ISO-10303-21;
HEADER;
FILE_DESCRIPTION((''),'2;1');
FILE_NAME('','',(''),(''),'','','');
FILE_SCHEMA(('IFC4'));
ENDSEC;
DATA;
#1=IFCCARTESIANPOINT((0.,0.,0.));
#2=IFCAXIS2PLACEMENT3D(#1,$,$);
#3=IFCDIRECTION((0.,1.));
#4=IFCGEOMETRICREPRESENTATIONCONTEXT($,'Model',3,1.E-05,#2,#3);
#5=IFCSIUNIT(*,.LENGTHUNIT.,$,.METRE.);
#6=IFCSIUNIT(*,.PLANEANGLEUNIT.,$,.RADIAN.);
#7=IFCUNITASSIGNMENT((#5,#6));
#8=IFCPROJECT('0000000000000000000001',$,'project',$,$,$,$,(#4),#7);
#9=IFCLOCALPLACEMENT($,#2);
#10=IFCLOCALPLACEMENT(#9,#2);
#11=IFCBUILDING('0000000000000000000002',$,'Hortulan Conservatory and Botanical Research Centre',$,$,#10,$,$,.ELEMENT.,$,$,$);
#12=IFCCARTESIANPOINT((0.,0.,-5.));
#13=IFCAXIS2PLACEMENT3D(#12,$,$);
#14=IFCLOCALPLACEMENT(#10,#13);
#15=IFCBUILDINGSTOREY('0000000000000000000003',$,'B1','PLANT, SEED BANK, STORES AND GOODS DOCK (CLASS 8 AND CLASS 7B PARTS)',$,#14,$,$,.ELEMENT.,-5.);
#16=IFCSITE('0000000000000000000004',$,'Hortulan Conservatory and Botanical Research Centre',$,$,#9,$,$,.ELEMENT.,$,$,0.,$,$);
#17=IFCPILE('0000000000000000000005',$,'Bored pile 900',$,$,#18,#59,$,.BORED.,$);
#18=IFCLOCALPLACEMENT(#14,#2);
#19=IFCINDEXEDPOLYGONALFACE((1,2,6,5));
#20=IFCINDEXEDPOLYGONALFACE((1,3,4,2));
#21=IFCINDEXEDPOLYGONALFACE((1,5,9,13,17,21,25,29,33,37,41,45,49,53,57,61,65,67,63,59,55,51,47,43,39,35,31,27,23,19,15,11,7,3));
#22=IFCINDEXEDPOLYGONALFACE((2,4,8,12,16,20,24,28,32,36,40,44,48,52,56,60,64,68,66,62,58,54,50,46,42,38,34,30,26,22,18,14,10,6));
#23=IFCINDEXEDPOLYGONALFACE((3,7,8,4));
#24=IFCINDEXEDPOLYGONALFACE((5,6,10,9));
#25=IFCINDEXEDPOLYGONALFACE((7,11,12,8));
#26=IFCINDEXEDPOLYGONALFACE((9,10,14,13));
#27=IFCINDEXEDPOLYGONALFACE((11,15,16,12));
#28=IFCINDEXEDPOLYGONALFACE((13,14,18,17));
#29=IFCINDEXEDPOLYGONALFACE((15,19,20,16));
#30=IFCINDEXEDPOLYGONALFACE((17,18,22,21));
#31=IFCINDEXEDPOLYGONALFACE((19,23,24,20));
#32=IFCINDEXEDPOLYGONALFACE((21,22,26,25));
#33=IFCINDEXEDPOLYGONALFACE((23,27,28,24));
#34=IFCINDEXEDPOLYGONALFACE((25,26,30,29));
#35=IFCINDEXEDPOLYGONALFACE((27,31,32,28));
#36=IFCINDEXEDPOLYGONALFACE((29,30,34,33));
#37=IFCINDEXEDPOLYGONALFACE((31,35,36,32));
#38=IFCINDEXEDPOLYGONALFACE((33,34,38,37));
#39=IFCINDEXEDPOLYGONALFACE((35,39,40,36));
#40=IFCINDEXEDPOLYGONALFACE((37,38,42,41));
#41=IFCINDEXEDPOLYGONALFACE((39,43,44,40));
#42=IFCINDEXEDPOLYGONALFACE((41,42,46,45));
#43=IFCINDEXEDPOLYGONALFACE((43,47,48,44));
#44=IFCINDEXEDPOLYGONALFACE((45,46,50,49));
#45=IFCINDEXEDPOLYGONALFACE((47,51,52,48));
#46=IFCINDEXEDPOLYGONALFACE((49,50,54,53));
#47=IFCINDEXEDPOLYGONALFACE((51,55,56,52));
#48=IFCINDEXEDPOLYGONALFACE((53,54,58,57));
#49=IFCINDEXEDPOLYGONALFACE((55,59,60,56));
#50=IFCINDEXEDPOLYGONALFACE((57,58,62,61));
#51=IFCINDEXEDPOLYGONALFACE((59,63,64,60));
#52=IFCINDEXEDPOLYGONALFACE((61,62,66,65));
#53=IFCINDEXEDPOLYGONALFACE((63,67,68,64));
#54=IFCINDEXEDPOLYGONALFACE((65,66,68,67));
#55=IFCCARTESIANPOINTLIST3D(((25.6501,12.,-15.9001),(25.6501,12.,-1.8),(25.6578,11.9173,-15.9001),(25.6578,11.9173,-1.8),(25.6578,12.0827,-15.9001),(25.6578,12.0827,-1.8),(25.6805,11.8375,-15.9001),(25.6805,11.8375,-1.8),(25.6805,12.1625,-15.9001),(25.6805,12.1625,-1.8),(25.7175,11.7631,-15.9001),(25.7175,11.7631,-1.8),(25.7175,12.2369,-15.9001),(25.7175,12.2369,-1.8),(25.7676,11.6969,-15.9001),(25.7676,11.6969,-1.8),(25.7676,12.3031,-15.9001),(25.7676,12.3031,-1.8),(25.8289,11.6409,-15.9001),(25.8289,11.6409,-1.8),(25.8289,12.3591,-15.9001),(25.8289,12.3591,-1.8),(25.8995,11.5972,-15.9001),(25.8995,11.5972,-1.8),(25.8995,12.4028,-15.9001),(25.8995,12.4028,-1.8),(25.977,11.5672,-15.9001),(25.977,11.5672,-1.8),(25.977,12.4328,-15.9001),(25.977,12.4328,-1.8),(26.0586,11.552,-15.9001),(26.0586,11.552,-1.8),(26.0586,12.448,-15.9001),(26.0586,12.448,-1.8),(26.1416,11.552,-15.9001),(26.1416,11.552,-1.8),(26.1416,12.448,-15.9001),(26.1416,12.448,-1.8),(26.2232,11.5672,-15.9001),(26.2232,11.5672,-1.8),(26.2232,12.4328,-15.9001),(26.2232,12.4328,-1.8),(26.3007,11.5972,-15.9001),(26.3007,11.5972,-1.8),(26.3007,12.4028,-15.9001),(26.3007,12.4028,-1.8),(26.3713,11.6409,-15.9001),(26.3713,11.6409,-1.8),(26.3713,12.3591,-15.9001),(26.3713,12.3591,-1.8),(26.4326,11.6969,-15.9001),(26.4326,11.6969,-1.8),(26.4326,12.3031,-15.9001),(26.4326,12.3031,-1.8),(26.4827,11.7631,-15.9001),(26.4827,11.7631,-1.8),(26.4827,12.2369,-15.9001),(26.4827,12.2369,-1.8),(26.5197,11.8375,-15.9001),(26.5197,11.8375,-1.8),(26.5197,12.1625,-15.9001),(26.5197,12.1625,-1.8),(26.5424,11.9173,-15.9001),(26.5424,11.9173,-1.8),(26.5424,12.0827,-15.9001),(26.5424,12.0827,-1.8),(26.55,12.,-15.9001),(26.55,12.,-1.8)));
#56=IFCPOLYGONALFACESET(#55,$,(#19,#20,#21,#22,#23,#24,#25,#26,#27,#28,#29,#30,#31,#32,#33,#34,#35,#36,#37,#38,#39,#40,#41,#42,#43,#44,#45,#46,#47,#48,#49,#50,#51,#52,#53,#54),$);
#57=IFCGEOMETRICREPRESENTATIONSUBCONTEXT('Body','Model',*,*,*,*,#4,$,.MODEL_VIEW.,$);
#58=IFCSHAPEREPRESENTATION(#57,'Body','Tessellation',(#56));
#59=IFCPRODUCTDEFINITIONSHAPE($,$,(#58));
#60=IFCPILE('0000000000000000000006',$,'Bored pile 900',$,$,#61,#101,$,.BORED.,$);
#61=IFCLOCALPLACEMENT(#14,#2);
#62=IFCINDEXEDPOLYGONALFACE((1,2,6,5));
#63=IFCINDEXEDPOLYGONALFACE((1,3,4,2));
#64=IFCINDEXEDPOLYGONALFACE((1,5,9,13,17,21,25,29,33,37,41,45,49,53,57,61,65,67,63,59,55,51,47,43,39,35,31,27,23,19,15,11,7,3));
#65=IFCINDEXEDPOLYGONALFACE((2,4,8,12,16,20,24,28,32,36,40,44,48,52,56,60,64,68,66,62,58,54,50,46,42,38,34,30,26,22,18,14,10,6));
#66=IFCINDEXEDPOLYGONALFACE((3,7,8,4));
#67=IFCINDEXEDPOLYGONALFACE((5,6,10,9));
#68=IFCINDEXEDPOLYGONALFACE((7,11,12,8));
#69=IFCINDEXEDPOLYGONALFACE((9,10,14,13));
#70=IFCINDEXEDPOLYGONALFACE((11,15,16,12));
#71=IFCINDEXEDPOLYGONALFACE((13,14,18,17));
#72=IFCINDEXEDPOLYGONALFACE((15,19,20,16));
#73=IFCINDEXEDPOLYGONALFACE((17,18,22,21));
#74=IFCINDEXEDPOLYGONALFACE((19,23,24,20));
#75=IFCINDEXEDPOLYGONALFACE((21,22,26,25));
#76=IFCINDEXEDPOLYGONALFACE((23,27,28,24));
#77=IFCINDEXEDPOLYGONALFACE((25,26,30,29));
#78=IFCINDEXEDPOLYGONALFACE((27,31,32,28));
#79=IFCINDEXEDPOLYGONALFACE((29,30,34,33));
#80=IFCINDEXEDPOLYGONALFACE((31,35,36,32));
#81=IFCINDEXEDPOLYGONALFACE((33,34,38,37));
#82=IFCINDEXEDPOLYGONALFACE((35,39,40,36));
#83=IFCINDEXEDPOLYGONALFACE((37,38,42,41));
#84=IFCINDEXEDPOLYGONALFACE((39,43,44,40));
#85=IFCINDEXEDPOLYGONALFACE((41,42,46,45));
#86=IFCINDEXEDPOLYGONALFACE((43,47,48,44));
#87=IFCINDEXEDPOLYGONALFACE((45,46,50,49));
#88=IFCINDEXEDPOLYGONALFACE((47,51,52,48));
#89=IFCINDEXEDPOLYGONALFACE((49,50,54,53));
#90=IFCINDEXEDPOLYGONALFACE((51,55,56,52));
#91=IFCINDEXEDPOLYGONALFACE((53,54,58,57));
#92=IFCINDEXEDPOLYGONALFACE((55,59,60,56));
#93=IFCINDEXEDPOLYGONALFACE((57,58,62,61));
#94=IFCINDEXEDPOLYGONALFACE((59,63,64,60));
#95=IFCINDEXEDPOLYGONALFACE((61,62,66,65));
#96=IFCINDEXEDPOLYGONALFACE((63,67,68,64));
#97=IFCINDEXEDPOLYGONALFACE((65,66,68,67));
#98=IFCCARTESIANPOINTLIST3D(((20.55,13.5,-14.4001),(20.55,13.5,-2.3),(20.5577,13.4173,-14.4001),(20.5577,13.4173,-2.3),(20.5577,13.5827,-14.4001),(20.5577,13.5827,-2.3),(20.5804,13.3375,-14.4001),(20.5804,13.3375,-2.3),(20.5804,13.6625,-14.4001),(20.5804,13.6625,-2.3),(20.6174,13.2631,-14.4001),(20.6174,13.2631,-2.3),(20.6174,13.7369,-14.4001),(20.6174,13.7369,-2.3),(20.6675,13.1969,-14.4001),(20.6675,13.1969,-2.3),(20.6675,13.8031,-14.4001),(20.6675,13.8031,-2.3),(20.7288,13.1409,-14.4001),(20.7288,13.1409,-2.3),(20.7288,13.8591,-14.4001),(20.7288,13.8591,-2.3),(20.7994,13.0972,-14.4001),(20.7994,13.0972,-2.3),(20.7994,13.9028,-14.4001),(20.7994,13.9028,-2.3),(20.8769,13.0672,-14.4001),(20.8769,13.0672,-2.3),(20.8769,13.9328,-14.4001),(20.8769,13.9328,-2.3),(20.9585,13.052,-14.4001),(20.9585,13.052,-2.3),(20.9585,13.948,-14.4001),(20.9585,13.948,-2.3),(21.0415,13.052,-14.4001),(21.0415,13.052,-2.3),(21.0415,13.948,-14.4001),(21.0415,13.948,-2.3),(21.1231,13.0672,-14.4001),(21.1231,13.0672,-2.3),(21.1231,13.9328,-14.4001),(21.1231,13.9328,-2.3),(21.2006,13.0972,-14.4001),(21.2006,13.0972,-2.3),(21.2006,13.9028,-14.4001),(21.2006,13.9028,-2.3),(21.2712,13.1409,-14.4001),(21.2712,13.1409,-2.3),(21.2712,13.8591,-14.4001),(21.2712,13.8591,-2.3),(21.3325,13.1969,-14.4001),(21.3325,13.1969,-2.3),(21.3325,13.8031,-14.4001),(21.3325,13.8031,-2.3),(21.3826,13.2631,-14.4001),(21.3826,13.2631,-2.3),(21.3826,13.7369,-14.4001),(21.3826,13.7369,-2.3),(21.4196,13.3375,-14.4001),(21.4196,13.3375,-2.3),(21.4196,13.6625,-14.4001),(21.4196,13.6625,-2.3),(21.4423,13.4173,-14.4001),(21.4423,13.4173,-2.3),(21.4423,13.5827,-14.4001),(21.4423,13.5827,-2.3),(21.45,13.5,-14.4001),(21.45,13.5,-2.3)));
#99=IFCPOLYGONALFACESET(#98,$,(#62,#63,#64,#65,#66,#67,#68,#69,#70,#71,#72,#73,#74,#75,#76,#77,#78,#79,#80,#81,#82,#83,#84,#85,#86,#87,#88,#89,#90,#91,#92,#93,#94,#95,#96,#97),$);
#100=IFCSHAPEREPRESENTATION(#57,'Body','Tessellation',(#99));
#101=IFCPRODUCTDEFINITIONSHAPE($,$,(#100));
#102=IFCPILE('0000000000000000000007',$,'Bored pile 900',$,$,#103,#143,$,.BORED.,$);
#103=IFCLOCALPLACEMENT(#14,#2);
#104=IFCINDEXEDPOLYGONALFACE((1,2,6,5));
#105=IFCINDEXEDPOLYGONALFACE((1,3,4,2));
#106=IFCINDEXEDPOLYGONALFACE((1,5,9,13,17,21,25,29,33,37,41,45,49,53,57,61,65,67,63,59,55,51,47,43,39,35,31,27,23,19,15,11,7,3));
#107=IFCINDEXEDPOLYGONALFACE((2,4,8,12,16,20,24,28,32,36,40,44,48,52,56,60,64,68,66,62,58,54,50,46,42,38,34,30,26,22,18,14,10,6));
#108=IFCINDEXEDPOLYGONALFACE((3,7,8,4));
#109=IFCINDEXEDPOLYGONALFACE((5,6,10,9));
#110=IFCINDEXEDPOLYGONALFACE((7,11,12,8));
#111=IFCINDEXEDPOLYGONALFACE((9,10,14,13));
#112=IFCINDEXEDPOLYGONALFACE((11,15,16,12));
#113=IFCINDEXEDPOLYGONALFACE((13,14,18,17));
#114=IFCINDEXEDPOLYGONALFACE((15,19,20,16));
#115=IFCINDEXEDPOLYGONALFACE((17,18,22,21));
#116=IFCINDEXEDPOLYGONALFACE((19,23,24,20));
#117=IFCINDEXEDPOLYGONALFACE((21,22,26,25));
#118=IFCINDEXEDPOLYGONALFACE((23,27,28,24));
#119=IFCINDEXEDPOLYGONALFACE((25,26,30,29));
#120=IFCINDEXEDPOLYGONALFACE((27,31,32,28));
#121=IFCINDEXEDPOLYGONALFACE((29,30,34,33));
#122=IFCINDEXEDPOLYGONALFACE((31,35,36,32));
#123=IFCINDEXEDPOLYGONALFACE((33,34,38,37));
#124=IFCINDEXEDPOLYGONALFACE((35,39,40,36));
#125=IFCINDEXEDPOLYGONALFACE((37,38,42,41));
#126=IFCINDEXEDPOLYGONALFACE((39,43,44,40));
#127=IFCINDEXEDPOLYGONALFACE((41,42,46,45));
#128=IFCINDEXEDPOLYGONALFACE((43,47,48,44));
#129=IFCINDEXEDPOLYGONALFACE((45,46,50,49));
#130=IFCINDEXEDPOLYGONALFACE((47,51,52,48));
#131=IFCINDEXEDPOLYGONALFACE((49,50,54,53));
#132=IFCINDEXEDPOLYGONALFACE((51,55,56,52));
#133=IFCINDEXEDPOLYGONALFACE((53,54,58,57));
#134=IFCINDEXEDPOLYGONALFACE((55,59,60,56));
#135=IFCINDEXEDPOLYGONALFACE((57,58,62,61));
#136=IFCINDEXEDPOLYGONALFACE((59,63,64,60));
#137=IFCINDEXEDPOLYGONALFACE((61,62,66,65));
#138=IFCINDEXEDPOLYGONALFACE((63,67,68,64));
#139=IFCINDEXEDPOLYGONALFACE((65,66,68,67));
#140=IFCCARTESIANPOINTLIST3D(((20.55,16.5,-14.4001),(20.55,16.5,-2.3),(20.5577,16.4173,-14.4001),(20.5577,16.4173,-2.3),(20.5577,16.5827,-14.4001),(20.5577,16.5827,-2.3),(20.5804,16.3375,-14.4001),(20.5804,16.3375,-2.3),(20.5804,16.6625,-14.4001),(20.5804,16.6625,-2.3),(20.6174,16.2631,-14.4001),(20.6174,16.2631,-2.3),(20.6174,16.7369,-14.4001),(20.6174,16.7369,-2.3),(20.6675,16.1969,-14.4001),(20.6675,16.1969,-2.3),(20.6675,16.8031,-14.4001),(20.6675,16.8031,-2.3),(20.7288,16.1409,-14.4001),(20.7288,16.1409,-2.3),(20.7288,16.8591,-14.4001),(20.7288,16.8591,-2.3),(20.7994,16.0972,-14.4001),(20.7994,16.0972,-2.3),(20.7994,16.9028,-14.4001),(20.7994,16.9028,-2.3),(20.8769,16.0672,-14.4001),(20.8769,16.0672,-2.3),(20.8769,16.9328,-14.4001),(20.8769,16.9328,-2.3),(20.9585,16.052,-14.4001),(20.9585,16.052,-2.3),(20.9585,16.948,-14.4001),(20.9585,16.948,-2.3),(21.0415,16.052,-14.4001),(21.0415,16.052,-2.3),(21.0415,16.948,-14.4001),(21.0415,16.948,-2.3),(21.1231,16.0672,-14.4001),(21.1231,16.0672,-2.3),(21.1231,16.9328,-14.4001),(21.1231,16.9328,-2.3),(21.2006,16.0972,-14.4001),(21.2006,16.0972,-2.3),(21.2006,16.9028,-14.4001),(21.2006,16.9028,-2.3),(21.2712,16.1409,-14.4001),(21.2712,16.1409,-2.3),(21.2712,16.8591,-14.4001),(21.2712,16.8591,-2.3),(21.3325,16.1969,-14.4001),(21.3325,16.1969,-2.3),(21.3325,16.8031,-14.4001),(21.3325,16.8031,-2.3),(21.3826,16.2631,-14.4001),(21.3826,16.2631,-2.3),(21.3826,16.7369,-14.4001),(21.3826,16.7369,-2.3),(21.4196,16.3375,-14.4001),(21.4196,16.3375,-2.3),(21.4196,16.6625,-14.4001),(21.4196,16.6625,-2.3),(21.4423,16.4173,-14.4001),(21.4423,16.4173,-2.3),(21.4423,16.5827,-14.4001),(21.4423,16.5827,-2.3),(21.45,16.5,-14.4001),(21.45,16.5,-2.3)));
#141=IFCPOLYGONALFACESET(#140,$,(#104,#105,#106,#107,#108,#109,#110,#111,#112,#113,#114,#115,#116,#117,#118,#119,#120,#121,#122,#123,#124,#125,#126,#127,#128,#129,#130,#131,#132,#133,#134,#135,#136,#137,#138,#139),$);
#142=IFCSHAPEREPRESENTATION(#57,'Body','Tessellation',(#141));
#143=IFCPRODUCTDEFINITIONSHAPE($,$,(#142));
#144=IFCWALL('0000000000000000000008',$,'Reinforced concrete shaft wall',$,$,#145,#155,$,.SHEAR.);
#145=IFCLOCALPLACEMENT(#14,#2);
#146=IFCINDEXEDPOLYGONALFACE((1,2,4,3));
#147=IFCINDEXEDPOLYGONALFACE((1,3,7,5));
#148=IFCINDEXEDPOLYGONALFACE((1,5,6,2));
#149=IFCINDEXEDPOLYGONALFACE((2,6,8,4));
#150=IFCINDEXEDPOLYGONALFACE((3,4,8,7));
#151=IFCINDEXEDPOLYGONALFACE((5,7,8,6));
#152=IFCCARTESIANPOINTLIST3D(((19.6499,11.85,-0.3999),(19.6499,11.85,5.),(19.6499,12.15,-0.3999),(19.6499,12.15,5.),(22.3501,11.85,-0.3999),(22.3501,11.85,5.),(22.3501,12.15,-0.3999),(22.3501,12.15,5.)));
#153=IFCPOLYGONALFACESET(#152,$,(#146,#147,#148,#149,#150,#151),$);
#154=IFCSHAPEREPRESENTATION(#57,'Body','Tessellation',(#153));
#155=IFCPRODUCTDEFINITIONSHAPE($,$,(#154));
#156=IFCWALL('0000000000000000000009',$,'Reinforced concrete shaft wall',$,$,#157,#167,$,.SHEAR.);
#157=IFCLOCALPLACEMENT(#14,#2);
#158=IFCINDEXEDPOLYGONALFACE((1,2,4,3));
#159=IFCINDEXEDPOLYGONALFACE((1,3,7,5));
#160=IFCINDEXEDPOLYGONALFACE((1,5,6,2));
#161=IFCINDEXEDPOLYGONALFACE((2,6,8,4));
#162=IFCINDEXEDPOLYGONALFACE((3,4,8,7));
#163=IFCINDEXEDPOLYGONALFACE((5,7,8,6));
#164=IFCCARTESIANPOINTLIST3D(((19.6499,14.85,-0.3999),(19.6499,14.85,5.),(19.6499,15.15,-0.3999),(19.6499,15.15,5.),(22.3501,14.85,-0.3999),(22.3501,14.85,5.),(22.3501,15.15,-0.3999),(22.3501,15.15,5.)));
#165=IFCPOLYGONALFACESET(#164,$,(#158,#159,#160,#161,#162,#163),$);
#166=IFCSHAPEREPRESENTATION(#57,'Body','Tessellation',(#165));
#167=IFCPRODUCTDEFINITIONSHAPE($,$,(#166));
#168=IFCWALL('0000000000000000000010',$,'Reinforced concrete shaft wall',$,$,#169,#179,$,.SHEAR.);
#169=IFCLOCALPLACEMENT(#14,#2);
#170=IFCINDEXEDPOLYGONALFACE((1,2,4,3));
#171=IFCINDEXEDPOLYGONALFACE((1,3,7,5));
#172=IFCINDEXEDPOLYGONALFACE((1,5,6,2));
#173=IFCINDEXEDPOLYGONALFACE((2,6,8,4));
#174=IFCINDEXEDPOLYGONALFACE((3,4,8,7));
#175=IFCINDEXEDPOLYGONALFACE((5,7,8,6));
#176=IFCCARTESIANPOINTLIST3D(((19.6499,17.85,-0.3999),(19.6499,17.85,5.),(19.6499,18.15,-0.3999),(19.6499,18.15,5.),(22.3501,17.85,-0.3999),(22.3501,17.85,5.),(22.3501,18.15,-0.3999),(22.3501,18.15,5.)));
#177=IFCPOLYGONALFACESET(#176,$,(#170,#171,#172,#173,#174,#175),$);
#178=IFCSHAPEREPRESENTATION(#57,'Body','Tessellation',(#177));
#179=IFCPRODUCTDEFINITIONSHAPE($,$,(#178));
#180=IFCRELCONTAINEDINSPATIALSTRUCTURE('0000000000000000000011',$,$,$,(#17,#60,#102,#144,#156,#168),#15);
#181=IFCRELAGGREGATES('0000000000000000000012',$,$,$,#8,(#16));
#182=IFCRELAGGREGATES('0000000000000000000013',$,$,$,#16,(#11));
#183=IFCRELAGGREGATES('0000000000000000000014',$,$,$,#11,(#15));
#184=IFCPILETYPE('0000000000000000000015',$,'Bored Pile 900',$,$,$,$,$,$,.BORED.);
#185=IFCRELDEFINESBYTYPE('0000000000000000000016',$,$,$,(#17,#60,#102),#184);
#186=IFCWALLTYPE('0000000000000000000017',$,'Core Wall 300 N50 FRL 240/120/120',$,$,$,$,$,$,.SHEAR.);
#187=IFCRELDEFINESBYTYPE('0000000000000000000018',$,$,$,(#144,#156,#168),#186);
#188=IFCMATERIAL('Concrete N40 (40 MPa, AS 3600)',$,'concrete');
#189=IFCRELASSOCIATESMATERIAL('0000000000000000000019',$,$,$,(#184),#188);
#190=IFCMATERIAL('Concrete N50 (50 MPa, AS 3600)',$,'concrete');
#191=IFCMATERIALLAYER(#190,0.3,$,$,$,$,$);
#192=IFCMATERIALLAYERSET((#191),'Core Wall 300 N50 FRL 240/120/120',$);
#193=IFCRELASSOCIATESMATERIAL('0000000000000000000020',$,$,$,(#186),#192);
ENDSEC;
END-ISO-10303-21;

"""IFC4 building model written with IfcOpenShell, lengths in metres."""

from ifc_helpers import new_model, si_unit, direction, frame, frame_2d, origin, origin_2d, place, context, subcontext, project, spatial, rectangle, circle, extrude, material, layer, layer_set, material_profile, profile_set, type_object, element, save


model = new_model("IFC4")

# Units and contexts
model_context = context("Model", 3, precision=1e-05, world=origin(), true_north=direction((0.0, 1.0)))
body_context = subcontext(model_context, "Body", "Model", "MODEL_VIEW")
ifc_project = project(units=[si_unit("LENGTHUNIT", "METRE"), si_unit("PLANEANGLEUNIT", "RADIAN")], contexts=[model_context])

# Site, building, storey
site_placement = place(None, origin())
site = spatial("IfcSite", under=ifc_project, at=site_placement, Name="Hortulan Conservatory and Botanical Research Centre", CompositionType="ELEMENT", RefElevation=0.0)
building_placement = place(site_placement, origin())
building = spatial("IfcBuilding", under=site, at=building_placement, Name="Hortulan Conservatory and Botanical Research Centre", CompositionType="ELEMENT")
storey_placement = place(building_placement, frame((0.0, 0.0, -5.0)))
storey = spatial("IfcBuildingStorey", under=building, at=storey_placement, Name="B1", Description="PLANT, SEED BANK, STORES AND GOODS DOCK (CLASS 8 AND CLASS 7B PARTS)", CompositionType="ELEMENT", Elevation=-5.0)

# Piles
ifc_material_1 = material(Name="Concrete N40 (40 MPa, AS 3600)", Category="concrete")
ifc_material_profile = material_profile(ifc_material_1, circle(Radius=0.45, at=origin_2d()), Name="Bored pile 900 diameter")
ifc_profile_set = profile_set([ifc_material_profile], Name="Concrete N40 (40 MPa, AS 3600)")
pile_type = type_object("IfcPileType", Name="Bored Pile 900", PredefinedType="BORED", material=ifc_profile_set)
for number, where, z_axis, x_axis, name in (
    (1, (26.1001, 12.0, -1.8), (0.0, 0.0, -1.0), (1.0, 0.0, 0.0), "Bored pile 900"),
):
    element("IfcPile", number, at=place(storey_placement, frame(where, z_axis=z_axis, x_axis=x_axis)), inside=storey, type_object=pile_type, Name=name, PredefinedType="BORED", context=body_context, shape_type="SweptSolid", body=[
        extrude(circle(Radius=0.45, at=origin_2d()), origin(), (0.0, 0.0, 1.0), 14.1001),
    ])
for number, where, z_axis, x_axis, name in (
    (2, (21.0, 13.5, -2.3), (0.0, 0.0, -1.0), (1.0, 0.0, 0.0), "Bored pile 900"),
    (3, (21.0, 16.5, -2.3), (0.0, 0.0, -1.0), (1.0, 0.0, 0.0), "Bored pile 900"),
):
    element("IfcPile", number, at=place(storey_placement, frame(where, z_axis=z_axis, x_axis=x_axis)), inside=storey, type_object=pile_type, Name=name, PredefinedType="BORED", context=body_context, shape_type="SweptSolid", body=[
        extrude(circle(Radius=0.45, at=origin_2d()), origin(), (0.0, 0.0, 1.0), 12.1001),
    ])

# Walls
ifc_material_2 = material(Name="Concrete N50 (50 MPa, AS 3600)", Category="concrete")
ifc_layer_1 = layer(ifc_material_2, 0.3)
ifc_layer_set_1 = layer_set([ifc_layer_1], Name="Core Wall 300 N50 FRL 240/120/120")
wall_type = type_object("IfcWallType", Name="Core Wall 300 N50 FRL 240/120/120", PredefinedType="SHEAR", material=ifc_layer_set_1)
for number, where, z_axis, x_axis, name in (
    (4, (19.6499, 12.0, -0.3999), (0.0, 0.0, 1.0), (1.0, 0.0, 0.0), "Reinforced concrete shaft wall"),
    (5, (19.6499, 15.0, -0.3999), (0.0, 0.0, 1.0), (1.0, 0.0, 0.0), "Reinforced concrete shaft wall"),
    (6, (19.6499, 18.0, -0.3999), (0.0, 0.0, 1.0), (1.0, 0.0, 0.0), "Reinforced concrete shaft wall"),
):
    element("IfcWall", number, at=place(storey_placement, frame(where, z_axis=z_axis, x_axis=x_axis)), inside=storey, type_object=wall_type, Name=name, PredefinedType="SHEAR", context=body_context, shape_type="SweptSolid", body=[
        extrude(rectangle(XDim=2.7002, YDim=0.3, at=frame_2d((1.3501, 0.0))), origin(), (0.0, 0.0, 1.0), 5.3999),
    ])

save(model, "model.ifc")
